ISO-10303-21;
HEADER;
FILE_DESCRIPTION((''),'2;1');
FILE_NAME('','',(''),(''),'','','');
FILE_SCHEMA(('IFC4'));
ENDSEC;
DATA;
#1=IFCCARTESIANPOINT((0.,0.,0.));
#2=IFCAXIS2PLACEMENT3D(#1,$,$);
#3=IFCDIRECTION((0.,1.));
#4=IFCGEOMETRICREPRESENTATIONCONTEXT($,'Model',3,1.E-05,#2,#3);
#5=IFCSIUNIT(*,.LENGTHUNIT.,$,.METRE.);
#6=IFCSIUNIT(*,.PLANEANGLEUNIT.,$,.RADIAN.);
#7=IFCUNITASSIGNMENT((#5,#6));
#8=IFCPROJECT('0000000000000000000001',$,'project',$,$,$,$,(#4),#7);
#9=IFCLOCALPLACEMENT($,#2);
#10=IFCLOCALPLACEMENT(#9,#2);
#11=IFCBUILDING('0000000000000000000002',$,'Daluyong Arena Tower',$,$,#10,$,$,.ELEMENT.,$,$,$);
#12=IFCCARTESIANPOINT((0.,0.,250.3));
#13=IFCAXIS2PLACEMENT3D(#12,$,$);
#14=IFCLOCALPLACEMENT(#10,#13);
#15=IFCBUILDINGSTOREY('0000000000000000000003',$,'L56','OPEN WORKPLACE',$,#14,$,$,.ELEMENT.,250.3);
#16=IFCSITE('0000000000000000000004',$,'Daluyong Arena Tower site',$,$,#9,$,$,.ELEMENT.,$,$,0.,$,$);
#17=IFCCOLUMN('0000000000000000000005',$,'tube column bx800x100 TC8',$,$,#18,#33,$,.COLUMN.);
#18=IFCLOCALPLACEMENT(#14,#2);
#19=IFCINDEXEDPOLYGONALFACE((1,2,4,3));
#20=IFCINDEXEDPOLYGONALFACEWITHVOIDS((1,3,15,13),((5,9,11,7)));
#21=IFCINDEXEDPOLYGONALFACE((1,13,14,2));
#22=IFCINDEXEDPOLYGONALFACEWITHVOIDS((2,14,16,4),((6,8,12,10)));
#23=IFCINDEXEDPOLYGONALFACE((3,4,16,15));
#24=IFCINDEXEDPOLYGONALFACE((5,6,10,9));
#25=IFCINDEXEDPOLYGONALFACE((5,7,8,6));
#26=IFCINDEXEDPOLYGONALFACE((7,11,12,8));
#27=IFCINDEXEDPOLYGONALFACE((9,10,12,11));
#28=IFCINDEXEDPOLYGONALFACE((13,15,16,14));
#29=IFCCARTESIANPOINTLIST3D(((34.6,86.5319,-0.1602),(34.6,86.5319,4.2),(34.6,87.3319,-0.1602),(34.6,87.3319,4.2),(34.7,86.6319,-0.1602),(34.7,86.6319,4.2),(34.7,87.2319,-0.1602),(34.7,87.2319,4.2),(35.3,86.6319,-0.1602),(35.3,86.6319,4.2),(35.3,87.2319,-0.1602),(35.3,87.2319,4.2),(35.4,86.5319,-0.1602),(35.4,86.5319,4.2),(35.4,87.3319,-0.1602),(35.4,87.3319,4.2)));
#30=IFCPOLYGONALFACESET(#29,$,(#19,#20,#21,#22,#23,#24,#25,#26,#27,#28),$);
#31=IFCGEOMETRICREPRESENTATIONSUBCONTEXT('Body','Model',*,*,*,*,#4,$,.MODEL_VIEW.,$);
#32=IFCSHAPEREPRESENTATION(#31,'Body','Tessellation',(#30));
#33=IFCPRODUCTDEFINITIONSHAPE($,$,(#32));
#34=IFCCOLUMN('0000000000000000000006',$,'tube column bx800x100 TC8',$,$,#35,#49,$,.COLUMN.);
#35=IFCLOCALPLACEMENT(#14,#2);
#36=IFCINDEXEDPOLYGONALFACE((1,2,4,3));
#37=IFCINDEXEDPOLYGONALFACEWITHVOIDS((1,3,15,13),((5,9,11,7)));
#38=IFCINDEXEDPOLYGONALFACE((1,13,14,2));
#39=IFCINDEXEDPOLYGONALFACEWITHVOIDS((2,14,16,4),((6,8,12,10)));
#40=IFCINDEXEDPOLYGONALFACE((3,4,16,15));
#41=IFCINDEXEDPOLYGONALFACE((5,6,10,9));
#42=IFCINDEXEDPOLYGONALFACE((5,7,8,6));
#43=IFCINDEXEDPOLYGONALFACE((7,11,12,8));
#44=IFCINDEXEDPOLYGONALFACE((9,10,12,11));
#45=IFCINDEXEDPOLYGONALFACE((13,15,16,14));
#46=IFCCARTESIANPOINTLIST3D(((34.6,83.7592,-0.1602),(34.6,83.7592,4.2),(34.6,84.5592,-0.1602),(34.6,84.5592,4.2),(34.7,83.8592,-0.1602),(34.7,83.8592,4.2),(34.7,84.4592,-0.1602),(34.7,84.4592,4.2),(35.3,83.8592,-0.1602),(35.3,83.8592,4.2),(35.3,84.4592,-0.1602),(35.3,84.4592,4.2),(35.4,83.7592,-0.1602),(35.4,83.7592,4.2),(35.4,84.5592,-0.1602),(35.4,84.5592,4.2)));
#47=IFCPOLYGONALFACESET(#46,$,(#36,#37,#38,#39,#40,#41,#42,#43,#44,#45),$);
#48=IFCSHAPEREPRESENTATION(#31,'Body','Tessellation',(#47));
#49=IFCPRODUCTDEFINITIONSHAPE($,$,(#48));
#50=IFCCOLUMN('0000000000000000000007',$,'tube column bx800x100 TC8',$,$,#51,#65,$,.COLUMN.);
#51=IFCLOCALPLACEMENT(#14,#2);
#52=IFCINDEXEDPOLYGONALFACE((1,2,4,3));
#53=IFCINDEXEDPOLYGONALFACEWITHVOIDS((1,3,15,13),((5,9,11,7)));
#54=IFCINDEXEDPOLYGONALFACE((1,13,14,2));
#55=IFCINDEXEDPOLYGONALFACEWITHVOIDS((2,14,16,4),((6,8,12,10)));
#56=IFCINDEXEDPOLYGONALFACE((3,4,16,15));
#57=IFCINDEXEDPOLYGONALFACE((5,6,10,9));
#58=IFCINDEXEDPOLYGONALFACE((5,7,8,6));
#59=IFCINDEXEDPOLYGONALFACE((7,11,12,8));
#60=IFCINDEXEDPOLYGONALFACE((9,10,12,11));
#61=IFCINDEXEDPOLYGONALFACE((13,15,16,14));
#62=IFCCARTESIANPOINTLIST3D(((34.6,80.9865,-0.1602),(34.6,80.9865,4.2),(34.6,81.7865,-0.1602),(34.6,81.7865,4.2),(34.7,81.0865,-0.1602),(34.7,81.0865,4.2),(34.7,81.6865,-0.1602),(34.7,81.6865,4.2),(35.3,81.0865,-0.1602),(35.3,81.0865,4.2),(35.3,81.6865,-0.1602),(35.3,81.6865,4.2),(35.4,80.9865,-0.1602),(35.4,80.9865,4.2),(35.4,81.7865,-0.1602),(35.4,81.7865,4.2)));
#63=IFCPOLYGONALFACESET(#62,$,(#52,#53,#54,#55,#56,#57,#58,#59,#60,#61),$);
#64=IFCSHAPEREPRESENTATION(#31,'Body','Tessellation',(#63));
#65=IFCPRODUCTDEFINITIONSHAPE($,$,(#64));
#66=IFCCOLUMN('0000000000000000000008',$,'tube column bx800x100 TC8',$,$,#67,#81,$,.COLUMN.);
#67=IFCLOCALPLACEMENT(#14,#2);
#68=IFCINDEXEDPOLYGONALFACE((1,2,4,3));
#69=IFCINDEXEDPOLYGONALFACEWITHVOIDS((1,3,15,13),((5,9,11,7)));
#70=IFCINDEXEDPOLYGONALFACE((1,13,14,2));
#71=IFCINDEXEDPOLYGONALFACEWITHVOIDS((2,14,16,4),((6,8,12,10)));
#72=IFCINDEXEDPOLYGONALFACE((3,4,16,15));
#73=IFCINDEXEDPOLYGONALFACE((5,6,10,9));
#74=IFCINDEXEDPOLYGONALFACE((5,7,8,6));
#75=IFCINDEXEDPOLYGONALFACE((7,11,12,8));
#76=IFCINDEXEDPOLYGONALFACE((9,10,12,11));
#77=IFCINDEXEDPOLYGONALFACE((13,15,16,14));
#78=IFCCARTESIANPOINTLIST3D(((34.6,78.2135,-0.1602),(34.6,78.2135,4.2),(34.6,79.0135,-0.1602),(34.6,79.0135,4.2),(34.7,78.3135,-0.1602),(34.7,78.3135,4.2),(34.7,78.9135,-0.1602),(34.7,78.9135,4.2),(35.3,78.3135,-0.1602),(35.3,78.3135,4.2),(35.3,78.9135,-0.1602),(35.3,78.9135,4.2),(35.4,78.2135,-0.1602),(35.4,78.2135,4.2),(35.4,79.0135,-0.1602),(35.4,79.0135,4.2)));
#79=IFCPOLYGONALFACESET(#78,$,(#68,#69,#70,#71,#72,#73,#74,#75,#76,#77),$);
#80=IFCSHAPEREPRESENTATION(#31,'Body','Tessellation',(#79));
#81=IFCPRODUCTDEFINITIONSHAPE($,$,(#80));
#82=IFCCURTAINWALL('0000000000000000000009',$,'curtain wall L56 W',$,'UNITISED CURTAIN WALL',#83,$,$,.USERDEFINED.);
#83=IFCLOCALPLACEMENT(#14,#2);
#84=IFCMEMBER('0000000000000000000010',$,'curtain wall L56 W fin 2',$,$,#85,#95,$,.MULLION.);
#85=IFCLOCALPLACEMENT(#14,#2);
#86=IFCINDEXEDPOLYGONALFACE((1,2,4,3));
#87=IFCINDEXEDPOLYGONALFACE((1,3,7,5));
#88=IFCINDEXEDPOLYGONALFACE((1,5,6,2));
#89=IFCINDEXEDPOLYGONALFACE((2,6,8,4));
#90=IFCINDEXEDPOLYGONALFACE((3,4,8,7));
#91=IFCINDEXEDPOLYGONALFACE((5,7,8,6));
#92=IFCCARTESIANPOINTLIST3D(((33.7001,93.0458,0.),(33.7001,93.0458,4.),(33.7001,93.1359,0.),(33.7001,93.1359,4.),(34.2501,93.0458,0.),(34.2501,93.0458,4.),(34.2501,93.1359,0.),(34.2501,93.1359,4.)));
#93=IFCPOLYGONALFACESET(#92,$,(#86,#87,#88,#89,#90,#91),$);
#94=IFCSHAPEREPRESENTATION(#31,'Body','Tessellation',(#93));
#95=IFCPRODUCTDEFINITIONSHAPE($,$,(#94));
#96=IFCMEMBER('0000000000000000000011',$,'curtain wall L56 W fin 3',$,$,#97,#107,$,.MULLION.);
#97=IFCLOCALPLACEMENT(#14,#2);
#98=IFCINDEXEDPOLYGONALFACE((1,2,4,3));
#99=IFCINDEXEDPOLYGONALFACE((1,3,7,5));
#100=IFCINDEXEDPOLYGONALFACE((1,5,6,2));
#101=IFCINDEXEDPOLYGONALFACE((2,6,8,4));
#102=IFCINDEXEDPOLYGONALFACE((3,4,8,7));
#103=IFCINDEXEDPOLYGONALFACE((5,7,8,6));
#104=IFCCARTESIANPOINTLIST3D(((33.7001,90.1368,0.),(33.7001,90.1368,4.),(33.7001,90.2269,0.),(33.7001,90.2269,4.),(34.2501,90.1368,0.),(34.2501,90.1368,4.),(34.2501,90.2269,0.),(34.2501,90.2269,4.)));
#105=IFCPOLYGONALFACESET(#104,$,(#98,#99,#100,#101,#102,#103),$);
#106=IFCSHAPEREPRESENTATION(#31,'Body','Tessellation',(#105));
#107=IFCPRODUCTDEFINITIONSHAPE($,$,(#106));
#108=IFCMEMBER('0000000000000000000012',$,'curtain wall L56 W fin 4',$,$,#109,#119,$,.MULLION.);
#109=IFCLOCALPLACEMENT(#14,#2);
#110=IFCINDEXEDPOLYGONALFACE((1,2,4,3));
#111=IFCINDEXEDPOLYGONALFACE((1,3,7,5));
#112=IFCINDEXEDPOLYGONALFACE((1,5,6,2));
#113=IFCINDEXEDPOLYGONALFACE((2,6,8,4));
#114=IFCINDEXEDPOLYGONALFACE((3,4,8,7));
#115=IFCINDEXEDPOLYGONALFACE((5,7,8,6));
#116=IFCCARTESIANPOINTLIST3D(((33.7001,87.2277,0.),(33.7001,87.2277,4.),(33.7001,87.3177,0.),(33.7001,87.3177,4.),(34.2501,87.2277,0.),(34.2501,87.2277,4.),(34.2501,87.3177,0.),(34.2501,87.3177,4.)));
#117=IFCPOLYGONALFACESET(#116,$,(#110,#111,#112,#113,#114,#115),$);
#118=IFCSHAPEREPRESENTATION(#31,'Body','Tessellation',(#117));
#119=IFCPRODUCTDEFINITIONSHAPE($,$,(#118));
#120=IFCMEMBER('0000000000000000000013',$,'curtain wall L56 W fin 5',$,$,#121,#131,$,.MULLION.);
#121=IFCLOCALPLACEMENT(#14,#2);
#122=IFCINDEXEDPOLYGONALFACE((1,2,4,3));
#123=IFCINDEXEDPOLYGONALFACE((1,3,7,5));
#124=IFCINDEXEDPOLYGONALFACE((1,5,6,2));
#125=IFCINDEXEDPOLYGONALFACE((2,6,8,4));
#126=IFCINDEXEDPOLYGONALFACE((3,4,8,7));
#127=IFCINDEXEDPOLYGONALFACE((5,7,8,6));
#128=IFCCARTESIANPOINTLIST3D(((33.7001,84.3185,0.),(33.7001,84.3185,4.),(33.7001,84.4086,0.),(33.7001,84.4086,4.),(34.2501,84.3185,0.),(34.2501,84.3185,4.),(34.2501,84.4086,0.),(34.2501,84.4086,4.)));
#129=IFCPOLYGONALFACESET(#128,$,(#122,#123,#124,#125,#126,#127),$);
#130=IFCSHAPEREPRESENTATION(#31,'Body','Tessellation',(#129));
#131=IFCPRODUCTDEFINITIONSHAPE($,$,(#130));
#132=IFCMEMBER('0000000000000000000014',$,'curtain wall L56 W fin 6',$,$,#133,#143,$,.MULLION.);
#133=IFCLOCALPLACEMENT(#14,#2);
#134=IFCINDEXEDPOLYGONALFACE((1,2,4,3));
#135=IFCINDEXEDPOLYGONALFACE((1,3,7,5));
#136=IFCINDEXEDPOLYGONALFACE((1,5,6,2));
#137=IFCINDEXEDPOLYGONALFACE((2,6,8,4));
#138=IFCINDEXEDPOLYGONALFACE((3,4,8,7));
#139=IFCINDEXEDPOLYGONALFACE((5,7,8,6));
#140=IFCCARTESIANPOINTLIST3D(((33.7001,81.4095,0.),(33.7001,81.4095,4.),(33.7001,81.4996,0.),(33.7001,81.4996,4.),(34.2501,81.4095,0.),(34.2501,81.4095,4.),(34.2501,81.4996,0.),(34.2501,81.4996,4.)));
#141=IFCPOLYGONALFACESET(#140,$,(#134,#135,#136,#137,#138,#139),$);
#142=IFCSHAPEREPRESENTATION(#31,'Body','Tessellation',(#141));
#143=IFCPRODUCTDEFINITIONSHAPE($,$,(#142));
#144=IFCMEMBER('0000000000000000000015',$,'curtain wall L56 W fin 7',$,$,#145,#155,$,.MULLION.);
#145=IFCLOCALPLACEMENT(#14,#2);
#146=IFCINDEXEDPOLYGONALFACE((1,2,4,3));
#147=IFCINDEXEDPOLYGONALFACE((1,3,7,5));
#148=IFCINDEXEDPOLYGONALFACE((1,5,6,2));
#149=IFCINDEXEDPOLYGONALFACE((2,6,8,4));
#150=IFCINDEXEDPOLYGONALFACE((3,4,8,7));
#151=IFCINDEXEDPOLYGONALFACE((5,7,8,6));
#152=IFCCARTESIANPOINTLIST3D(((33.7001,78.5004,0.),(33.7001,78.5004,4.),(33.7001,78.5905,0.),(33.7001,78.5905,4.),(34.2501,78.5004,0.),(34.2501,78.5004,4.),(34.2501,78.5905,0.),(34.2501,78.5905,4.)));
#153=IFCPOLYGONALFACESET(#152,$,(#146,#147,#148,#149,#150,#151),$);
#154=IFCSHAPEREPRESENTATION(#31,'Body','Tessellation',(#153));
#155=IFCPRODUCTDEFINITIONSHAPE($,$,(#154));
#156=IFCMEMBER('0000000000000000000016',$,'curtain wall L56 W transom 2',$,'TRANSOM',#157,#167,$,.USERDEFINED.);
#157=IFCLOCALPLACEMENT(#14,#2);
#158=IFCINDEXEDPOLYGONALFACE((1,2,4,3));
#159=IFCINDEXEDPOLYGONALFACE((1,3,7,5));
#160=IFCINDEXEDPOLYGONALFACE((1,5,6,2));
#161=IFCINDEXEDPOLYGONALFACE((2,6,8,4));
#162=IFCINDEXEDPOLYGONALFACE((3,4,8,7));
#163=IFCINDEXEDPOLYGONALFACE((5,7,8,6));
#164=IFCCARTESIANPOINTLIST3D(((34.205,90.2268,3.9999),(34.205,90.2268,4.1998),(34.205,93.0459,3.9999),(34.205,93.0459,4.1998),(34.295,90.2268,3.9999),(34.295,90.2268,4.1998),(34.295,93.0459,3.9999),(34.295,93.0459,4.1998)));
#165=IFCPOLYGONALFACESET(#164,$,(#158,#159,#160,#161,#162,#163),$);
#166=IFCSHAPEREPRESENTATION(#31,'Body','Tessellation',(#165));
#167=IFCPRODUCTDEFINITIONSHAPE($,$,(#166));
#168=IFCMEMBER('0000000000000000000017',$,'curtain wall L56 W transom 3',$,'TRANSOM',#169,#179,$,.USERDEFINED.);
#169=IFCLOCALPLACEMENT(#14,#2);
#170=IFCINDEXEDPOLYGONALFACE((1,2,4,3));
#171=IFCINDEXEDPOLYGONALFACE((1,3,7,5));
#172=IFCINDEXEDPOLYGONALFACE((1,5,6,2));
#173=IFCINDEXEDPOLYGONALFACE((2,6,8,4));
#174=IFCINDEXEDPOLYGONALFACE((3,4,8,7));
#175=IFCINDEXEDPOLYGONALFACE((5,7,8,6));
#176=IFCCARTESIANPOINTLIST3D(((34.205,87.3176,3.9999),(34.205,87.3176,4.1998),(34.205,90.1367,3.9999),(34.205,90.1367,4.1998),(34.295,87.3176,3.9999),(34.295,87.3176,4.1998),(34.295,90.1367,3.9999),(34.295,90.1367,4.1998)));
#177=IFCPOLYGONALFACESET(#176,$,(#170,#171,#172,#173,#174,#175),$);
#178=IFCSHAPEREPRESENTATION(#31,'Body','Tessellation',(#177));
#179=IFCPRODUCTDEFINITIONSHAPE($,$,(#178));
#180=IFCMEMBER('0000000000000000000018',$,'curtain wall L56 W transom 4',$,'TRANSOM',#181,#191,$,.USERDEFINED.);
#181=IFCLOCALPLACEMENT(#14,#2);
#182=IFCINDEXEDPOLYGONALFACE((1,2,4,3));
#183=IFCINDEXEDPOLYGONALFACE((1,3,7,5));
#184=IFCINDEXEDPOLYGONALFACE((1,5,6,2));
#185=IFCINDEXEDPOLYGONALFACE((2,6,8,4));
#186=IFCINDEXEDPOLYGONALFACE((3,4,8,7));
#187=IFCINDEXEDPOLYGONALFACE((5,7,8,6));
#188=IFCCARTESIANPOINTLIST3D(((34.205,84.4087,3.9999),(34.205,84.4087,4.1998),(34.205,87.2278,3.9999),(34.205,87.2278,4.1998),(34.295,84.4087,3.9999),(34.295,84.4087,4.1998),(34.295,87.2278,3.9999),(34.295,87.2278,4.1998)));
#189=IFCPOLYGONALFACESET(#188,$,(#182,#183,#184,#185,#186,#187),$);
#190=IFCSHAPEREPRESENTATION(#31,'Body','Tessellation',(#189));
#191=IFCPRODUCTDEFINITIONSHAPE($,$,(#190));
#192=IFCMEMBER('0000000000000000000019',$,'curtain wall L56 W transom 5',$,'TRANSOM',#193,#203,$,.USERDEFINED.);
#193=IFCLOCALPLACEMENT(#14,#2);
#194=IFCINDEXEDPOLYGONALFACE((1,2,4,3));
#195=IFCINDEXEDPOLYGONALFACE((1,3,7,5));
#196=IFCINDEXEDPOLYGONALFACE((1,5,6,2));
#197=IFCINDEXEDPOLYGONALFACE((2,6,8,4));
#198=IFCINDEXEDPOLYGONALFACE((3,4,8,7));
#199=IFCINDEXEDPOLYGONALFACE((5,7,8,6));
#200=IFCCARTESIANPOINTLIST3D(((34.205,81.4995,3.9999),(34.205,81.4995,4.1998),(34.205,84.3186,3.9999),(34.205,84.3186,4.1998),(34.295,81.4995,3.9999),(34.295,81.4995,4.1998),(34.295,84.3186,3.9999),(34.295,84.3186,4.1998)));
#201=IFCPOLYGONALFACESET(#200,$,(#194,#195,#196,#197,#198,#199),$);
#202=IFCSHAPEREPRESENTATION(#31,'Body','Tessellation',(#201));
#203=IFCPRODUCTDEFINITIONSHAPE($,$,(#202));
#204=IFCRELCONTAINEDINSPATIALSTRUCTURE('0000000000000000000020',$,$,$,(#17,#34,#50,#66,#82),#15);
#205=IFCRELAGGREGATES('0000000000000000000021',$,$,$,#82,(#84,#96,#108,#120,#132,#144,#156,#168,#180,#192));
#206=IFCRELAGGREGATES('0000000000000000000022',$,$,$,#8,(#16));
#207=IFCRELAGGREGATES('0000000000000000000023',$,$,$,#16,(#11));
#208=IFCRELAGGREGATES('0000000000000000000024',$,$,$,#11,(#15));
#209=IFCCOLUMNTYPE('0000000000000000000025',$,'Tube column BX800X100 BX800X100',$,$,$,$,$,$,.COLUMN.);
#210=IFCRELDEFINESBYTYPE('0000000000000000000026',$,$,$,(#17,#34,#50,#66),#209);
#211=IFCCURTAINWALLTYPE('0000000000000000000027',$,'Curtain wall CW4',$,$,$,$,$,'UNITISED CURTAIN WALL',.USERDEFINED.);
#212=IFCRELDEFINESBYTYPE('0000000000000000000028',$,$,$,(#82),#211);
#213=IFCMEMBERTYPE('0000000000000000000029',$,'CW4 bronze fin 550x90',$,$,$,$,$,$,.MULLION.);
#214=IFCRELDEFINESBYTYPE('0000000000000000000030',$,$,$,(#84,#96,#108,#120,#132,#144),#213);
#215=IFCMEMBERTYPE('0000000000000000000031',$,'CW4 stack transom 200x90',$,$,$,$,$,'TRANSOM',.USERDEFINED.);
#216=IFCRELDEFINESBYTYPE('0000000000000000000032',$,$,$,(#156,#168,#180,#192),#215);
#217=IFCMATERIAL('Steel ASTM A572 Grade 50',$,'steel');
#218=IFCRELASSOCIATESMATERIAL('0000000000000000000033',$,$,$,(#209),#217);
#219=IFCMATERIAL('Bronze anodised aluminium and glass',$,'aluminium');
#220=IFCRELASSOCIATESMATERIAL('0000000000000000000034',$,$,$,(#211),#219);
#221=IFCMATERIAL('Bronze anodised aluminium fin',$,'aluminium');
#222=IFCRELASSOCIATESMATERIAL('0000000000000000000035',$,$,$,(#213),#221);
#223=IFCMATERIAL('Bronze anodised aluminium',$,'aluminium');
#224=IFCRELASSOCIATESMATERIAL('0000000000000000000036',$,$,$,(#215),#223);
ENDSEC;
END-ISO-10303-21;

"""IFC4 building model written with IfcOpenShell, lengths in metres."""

from ifc_helpers import new_model, si_unit, direction, frame, origin, origin_2d, place, context, subcontext, project, spatial, rectangle, hollow_rectangle, extrude, material, material_profile, profile_set, type_object, element, aggregate, save


model = new_model("IFC4")

# Units and contexts
model_context = context("Model", 3, precision=1e-05, world=origin(), true_north=direction((0.0, 1.0)))
body_context = subcontext(model_context, "Body", "Model", "MODEL_VIEW")
ifc_project = project(units=[si_unit("LENGTHUNIT", "METRE"), si_unit("PLANEANGLEUNIT", "RADIAN")], contexts=[model_context])

# Site, building, storey
site_placement = place(None, origin())
site = spatial("IfcSite", under=ifc_project, at=site_placement, Name="Daluyong Arena Tower site", CompositionType="ELEMENT", RefElevation=0.0)
building_placement = place(site_placement, origin())
building = spatial("IfcBuilding", under=site, at=building_placement, Name="Daluyong Arena Tower", CompositionType="ELEMENT")
storey_placement = place(building_placement, frame((0.0, 0.0, 250.3)))
storey = spatial("IfcBuildingStorey", under=building, at=storey_placement, Name="L56", Description="OPEN WORKPLACE", CompositionType="ELEMENT", Elevation=250.3)

# Columns
ifc_material_1 = material(Name="Steel ASTM A572 Grade 50", Category="steel")
ifc_material_profile_1 = material_profile(ifc_material_1, hollow_rectangle(XDim=0.8, YDim=0.8, WallThickness=0.1, at=origin_2d()))
ifc_profile_set_1 = profile_set([ifc_material_profile_1], Name="Steel ASTM A572 Grade 50")
column_type = type_object("IfcColumnType", Name="Tube column BX800X100 BX800X100", PredefinedType="COLUMN", material=ifc_profile_set_1)
for number, where, z_axis, x_axis, name in (
    (1, (35.0, 86.9319, -0.1602), (0.0, 0.0, 1.0), (0.0, 1.0, 0.0), "tube column bx800x100 TC8"),
    (2, (35.0, 84.1592, -0.1602), (0.0, 0.0, 1.0), (0.0, 1.0, 0.0), "tube column bx800x100 TC8"),
    (3, (35.0, 81.3865, -0.1602), (0.0, 0.0, 1.0), (0.0, 1.0, 0.0), "tube column bx800x100 TC8"),
    (4, (35.0, 78.6135, -0.1602), (0.0, 0.0, 1.0), (0.0, 1.0, 0.0), "tube column bx800x100 TC8"),
):
    element("IfcColumn", number, at=place(storey_placement, frame(where, z_axis=z_axis, x_axis=x_axis)), inside=storey, type_object=column_type, Name=name, PredefinedType="COLUMN", context=body_context, shape_type="SweptSolid", body=[
        extrude(hollow_rectangle(XDim=0.8, YDim=0.8, WallThickness=0.1, at=origin_2d()), origin(), (0.0, 0.0, 1.0), 4.3601),
    ])

# Curtain wall, members
ifc_material_2 = material(Name="Bronze anodised aluminium and glass", Category="aluminium")
curtain_wall_type = type_object("IfcCurtainWallType", Name="Curtain wall CW4", ElementType="UNITISED CURTAIN WALL", PredefinedType="USERDEFINED", material=ifc_material_2)
curtain_wall_placement = place(storey_placement, origin())
curtain_wall = element("IfcCurtainWall", 5, at=curtain_wall_placement, inside=storey, type_object=curtain_wall_type, Name="curtain wall L56 W", ObjectType="UNITISED CURTAIN WALL", PredefinedType="USERDEFINED")
ifc_material_3 = material(Name="Bronze anodised aluminium fin", Category="aluminium")
ifc_material_profile_2 = material_profile(ifc_material_3, rectangle(XDim=0.55, YDim=0.0901, at=origin_2d()))
ifc_profile_set_2 = profile_set([ifc_material_profile_2], Name="Bronze anodised aluminium fin")
member_type_1 = type_object("IfcMemberType", Name="CW4 bronze fin 550x90", PredefinedType="MULLION", material=ifc_profile_set_2)
member_1_placement = place(storey_placement, frame((33.9751, 93.0908, 0.0), z_axis=(0.0, 0.0, 1.0), x_axis=(1.0, 0.0, 0.0)))
member_1 = element("IfcMember", 6, at=member_1_placement, type_object=member_type_1, Name="curtain wall L56 W fin 2", PredefinedType="MULLION", context=body_context, shape_type="SweptSolid", body=[
    extrude(rectangle(XDim=0.55, YDim=0.0901, at=origin_2d()), origin(), (0.0, 0.0, 1.0), 4.0),
])
member_2_placement = place(storey_placement, frame((33.9751, 90.1819, 0.0), z_axis=(0.0, 0.0, 1.0), x_axis=(1.0, 0.0, 0.0)))
member_2 = element("IfcMember", 7, at=member_2_placement, type_object=member_type_1, Name="curtain wall L56 W fin 3", PredefinedType="MULLION", context=body_context, shape_type="SweptSolid", body=[
    extrude(rectangle(XDim=0.55, YDim=0.0901, at=origin_2d()), origin(), (0.0, 0.0, 1.0), 4.0),
])
member_3_placement = place(storey_placement, frame((33.9751, 87.2727, 0.0), z_axis=(0.0, 0.0, 1.0), x_axis=(1.0, 0.0, 0.0)))
member_3 = element("IfcMember", 8, at=member_3_placement, type_object=member_type_1, Name="curtain wall L56 W fin 4", PredefinedType="MULLION", context=body_context, shape_type="SweptSolid", body=[
    extrude(rectangle(XDim=0.55, YDim=0.0901, at=origin_2d()), origin(), (0.0, 0.0, 1.0), 4.0),
])
member_4_placement = place(storey_placement, frame((33.9751, 84.3635, 0.0), z_axis=(0.0, 0.0, 1.0), x_axis=(1.0, 0.0, 0.0)))
member_4 = element("IfcMember", 9, at=member_4_placement, type_object=member_type_1, Name="curtain wall L56 W fin 5", PredefinedType="MULLION", context=body_context, shape_type="SweptSolid", body=[
    extrude(rectangle(XDim=0.55, YDim=0.0901, at=origin_2d()), origin(), (0.0, 0.0, 1.0), 4.0),
])
member_5_placement = place(storey_placement, frame((33.9751, 81.4546, 0.0), z_axis=(0.0, 0.0, 1.0), x_axis=(1.0, 0.0, 0.0)))
member_5 = element("IfcMember", 10, at=member_5_placement, type_object=member_type_1, Name="curtain wall L56 W fin 6", PredefinedType="MULLION", context=body_context, shape_type="SweptSolid", body=[
    extrude(rectangle(XDim=0.55, YDim=0.0901, at=origin_2d()), origin(), (0.0, 0.0, 1.0), 4.0),
])
member_6_placement = place(storey_placement, frame((33.9751, 78.5454, 0.0), z_axis=(0.0, 0.0, 1.0), x_axis=(1.0, 0.0, 0.0)))
member_6 = element("IfcMember", 11, at=member_6_placement, type_object=member_type_1, Name="curtain wall L56 W fin 7", PredefinedType="MULLION", context=body_context, shape_type="SweptSolid", body=[
    extrude(rectangle(XDim=0.55, YDim=0.0901, at=origin_2d()), origin(), (0.0, 0.0, 1.0), 4.0),
])
ifc_material_4 = material(Name="Bronze anodised aluminium", Category="aluminium")
ifc_material_profile_3 = material_profile(ifc_material_4, rectangle(XDim=0.0901, YDim=0.2, at=origin_2d()))
ifc_profile_set_3 = profile_set([ifc_material_profile_3], Name="Bronze anodised aluminium")
member_type_2 = type_object("IfcMemberType", Name="CW4 stack transom 200x90", ElementType="TRANSOM", PredefinedType="USERDEFINED", material=ifc_profile_set_3)
member_7_placement = place(storey_placement, frame((34.25, 93.0459, 4.0999), z_axis=(0.0, -1.0, 0.0), x_axis=(1.0, 0.0, 0.0)))
member_7 = element("IfcMember", 12, at=member_7_placement, type_object=member_type_2, Name="curtain wall L56 W transom 2", ObjectType="TRANSOM", PredefinedType="USERDEFINED", context=body_context, shape_type="SweptSolid", body=[
    extrude(rectangle(XDim=0.0901, YDim=0.2, at=origin_2d()), origin(), (0.0, 0.0, 1.0), 2.8191),
])
member_8_placement = place(storey_placement, frame((34.25, 90.1367, 4.0999), z_axis=(0.0, -1.0, 0.0), x_axis=(1.0, 0.0, 0.0)))
member_8 = element("IfcMember", 13, at=member_8_placement, type_object=member_type_2, Name="curtain wall L56 W transom 3", ObjectType="TRANSOM", PredefinedType="USERDEFINED", context=body_context, shape_type="SweptSolid", body=[
    extrude(rectangle(XDim=0.0901, YDim=0.2, at=origin_2d()), origin(), (0.0, 0.0, 1.0), 2.8191),
])
member_9_placement = place(storey_placement, frame((34.25, 87.2278, 4.0999), z_axis=(0.0, -1.0, 0.0), x_axis=(1.0, 0.0, 0.0)))
member_9 = element("IfcMember", 14, at=member_9_placement, type_object=member_type_2, Name="curtain wall L56 W transom 4", ObjectType="TRANSOM", PredefinedType="USERDEFINED", context=body_context, shape_type="SweptSolid", body=[
    extrude(rectangle(XDim=0.0901, YDim=0.2, at=origin_2d()), origin(), (0.0, 0.0, 1.0), 2.8191),
])
member_10_placement = place(storey_placement, frame((34.25, 84.3186, 4.0999), z_axis=(0.0, -1.0, 0.0), x_axis=(1.0, 0.0, 0.0)))
member_10 = element("IfcMember", 15, at=member_10_placement, type_object=member_type_2, Name="curtain wall L56 W transom 5", ObjectType="TRANSOM", PredefinedType="USERDEFINED", context=body_context, shape_type="SweptSolid", body=[
    extrude(rectangle(XDim=0.0901, YDim=0.2, at=origin_2d()), origin(), (0.0, 0.0, 1.0), 2.8191),
])

aggregate(curtain_wall, [member_1, member_2, member_3, member_4, member_5, member_6, member_7, member_8, member_9, member_10])

save(model, "model.ifc")
